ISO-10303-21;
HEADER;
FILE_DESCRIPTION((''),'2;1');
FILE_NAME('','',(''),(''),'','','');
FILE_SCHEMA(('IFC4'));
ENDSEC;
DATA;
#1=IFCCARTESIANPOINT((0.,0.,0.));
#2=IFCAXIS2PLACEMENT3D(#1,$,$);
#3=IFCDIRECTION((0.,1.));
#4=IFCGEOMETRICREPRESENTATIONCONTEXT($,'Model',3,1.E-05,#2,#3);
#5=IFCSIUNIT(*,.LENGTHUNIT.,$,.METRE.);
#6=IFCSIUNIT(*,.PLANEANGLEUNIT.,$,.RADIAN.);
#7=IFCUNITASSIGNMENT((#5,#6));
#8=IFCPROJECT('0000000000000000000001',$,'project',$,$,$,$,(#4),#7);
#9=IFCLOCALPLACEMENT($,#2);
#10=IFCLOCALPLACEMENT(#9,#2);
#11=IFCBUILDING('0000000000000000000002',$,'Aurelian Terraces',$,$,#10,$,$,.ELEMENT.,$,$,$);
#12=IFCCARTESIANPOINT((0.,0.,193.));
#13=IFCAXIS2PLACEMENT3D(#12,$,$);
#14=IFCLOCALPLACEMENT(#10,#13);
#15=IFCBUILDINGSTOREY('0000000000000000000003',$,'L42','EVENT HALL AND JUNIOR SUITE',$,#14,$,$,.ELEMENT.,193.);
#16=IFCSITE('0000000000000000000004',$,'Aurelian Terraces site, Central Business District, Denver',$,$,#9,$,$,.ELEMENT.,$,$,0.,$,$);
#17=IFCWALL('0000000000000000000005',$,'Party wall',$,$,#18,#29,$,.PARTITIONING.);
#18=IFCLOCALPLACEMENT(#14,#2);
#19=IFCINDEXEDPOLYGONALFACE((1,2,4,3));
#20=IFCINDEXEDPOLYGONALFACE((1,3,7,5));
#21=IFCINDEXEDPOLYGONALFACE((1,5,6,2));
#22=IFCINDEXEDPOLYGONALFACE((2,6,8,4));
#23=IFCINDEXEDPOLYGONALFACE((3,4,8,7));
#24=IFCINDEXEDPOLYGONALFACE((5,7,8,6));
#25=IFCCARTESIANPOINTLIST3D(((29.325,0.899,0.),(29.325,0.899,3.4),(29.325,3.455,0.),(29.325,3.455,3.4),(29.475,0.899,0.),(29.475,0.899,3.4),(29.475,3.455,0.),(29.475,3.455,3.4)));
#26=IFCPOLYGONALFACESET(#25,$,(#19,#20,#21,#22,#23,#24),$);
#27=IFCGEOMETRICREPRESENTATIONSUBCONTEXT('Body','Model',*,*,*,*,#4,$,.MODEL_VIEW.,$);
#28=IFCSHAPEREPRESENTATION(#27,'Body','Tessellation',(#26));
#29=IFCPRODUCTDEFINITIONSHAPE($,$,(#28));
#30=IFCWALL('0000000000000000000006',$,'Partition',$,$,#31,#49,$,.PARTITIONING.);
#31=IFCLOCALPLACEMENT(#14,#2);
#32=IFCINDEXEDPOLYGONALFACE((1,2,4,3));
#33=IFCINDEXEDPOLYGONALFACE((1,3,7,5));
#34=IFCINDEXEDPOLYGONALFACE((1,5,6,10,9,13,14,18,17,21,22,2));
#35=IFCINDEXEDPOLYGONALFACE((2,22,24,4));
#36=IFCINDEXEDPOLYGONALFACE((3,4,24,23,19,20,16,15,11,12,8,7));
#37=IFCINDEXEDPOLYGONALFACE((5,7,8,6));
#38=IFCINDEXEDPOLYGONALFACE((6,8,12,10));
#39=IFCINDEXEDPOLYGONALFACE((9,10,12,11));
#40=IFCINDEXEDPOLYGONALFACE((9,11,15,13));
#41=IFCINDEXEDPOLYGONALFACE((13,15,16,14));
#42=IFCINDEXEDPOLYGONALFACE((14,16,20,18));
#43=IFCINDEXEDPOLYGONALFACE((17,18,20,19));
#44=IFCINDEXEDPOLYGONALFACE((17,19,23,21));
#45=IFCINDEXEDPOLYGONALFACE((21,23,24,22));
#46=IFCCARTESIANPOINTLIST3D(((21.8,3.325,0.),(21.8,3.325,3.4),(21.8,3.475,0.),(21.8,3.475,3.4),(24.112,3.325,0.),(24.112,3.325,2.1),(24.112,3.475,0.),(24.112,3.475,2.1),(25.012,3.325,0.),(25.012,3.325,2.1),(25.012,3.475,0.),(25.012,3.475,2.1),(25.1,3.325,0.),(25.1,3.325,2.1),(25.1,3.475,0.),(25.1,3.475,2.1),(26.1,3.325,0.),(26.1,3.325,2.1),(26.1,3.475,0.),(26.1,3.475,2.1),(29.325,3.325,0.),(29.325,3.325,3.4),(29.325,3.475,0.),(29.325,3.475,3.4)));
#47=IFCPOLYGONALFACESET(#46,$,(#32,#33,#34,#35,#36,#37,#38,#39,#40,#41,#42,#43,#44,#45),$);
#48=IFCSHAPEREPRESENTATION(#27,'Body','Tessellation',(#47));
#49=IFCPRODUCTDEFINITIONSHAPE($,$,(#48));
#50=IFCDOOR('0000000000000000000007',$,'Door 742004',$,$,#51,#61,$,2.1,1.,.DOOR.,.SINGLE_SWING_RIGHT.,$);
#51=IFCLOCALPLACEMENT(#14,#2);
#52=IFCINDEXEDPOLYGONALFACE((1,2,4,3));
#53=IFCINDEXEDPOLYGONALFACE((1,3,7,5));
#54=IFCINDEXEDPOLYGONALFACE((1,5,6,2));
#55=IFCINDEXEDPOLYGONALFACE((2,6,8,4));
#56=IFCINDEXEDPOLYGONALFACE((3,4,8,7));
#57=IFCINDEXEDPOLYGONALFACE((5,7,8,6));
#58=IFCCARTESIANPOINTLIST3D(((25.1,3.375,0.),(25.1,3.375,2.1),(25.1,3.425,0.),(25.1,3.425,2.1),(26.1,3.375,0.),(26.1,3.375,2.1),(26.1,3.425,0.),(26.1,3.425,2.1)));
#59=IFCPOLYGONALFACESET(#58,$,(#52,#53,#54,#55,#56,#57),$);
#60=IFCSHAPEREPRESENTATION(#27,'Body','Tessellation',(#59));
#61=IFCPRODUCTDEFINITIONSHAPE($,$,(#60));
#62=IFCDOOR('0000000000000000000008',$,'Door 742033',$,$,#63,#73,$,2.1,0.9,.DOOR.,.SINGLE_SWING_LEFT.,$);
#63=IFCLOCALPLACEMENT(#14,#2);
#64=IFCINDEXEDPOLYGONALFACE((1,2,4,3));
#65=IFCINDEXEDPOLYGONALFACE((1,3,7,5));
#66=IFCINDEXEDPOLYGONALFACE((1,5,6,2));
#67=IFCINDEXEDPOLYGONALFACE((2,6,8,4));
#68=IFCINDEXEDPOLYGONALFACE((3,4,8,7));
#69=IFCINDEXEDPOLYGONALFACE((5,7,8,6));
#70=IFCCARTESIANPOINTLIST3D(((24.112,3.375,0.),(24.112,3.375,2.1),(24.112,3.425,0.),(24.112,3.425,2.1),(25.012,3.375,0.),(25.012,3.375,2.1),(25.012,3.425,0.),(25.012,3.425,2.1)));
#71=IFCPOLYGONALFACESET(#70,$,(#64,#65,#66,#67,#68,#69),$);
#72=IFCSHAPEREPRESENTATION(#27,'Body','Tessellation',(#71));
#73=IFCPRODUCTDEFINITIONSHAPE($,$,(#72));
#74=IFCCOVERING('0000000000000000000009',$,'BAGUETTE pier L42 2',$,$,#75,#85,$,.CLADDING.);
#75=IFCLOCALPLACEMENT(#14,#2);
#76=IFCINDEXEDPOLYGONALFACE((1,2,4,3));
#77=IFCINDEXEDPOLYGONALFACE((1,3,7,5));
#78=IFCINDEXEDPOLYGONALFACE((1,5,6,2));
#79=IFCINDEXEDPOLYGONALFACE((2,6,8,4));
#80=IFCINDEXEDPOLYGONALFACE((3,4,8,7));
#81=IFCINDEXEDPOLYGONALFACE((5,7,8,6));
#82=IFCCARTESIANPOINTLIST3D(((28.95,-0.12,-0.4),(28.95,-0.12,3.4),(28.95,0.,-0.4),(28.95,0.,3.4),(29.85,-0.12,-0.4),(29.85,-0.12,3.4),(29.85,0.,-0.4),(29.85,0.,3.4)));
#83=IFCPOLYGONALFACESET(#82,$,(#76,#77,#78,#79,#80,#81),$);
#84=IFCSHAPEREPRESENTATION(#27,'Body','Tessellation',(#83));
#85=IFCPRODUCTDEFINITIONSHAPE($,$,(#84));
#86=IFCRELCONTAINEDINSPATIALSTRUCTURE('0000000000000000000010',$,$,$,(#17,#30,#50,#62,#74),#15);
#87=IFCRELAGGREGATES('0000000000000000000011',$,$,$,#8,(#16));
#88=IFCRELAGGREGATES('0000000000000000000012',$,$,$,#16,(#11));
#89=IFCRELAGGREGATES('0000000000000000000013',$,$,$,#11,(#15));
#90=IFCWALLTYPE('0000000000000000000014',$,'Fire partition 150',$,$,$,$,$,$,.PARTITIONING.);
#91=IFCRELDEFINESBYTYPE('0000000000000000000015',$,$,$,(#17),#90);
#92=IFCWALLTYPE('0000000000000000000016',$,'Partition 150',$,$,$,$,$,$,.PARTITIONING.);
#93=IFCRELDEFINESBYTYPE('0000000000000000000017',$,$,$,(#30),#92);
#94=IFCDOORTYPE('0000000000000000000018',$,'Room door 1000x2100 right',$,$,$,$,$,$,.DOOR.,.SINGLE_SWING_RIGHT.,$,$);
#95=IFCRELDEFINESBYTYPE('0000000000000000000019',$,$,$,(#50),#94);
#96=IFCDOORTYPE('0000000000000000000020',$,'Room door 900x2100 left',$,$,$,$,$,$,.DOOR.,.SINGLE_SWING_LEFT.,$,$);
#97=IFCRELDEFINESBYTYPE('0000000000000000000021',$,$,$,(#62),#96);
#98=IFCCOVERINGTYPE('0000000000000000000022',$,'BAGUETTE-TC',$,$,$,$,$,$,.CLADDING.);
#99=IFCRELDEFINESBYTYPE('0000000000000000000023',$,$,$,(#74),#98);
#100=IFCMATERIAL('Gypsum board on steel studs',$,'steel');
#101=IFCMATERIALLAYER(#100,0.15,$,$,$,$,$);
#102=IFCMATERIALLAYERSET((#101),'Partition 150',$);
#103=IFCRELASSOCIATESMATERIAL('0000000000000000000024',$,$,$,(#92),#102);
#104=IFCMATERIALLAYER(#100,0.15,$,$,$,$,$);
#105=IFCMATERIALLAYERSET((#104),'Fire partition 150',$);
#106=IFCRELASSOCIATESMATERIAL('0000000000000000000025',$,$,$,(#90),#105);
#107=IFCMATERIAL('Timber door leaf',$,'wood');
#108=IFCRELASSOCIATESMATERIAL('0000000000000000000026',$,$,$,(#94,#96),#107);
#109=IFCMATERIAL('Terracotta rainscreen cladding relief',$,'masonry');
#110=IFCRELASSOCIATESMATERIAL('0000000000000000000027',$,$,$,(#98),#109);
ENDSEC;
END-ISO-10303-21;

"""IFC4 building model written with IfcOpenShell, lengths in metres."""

from ifc_helpers import new_model, si_unit, direction, frame, frame_2d, origin, origin_2d, place, context, subcontext, project, spatial, rectangle, extrude, source, transform, mapped, material, layer, layer_set, type_object, element, fill, save


model = new_model("IFC4")

# Units and contexts
model_context = context("Model", 3, precision=1e-05, world=origin(), true_north=direction((0.0, 1.0)))
body_context = subcontext(model_context, "Body", "Model", "MODEL_VIEW")
ifc_project = project(units=[si_unit("LENGTHUNIT", "METRE"), si_unit("PLANEANGLEUNIT", "RADIAN")], contexts=[model_context])

# Site, building, storey
site_placement = place(None, origin())
site = spatial("IfcSite", under=ifc_project, at=site_placement, Name="Aurelian Terraces site, Central Business District, Denver", CompositionType="ELEMENT", RefElevation=0.0)
building_placement = place(site_placement, origin())
building = spatial("IfcBuilding", under=site, at=building_placement, Name="Aurelian Terraces", CompositionType="ELEMENT")
storey_placement = place(building_placement, frame((0.0, 0.0, 193.0)))
storey = spatial("IfcBuildingStorey", under=building, at=storey_placement, Name="L42", Description="EVENT HALL AND JUNIOR SUITE", CompositionType="ELEMENT", Elevation=193.0)

# Shared definitions
ifc_material_1 = material(Name="Gypsum board on steel studs", Category="steel")

# Shared definitions
ifc_material_2 = material(Name="Timber door leaf", Category="wood")
shared_shape_1 = source(origin(), body_context, "Body", "SweptSolid", [
    extrude(rectangle(XDim=1.0, YDim=2.1, at=frame_2d((0.5, 1.05))), frame((0.0, 0.025, 0.0), z_axis=(0.0, -1.0, 0.0), x_axis=(1.0, 0.0, 0.0)), (0.0, 0.0, 1.0), 0.05),
])

# Wall
ifc_layer_1 = layer(ifc_material_1, 0.15)
ifc_layer_set_1 = layer_set([ifc_layer_1], Name="Partition 150")
wall_type_1 = type_object("IfcWallType", Name="Partition 150", PredefinedType="PARTITIONING", material=ifc_layer_set_1)
ifc_layer_2 = layer(ifc_material_1, 0.15)
ifc_layer_set_2 = layer_set([ifc_layer_2], Name="Fire partition 150")
wall_type_2 = type_object("IfcWallType", Name="Fire partition 150", PredefinedType="PARTITIONING", material=ifc_layer_set_2)
shared_shape_2 = source(origin(), body_context, "Body", "SweptSolid", [
    extrude(rectangle(XDim=2.556, YDim=0.15, at=frame_2d((1.278, 0.0))), origin(), (0.0, 0.0, 1.0), 3.4),
])
wall_1_placement = place(storey_placement, frame((29.4, 0.899, 0.0), z_axis=(0.0, 0.0, 1.0), x_axis=(0.0, 1.0, 0.0)))
element("IfcWall", 1, at=wall_1_placement, inside=storey, type_object=wall_type_2, Name="Party wall", PredefinedType="PARTITIONING", context=body_context, shape_type="MappedRepresentation", body=[
    mapped(shared_shape_2, transform((0.0, 0.0, 0.0), scale=1.0)),
])

# Wall, openings, doors
shared_shape_3 = source(origin(), body_context, "Body", "SweptSolid", [
    extrude(rectangle(XDim=7.525, YDim=0.15, at=frame_2d((3.7625, 0.0))), origin(), (0.0, 0.0, 1.0), 3.4),
])
wall_2_placement = place(storey_placement, frame((21.8, 3.4, 0.0), z_axis=(0.0, 0.0, 1.0), x_axis=(1.0, 0.0, 0.0)))
wall_2 = element("IfcWall", 2, at=wall_2_placement, inside=storey, type_object=wall_type_1, Name="Partition", PredefinedType="PARTITIONING", context=body_context, shape_type="MappedRepresentation", body=[
    mapped(shared_shape_3, transform((0.0, 0.0, 0.0), scale=1.0)),
])
shared_shape_4 = source(origin(), body_context, "Body", "SweptSolid", [
    extrude(rectangle(XDim=1.0, YDim=2.1, at=frame_2d((0.5, 1.05))), frame((0.0, 0.085, 0.0), z_axis=(0.0, -1.0, 0.0), x_axis=(1.0, 0.0, 0.0)), (0.0, 0.0, 1.0), 0.17),
])
opening_1_placement = place(wall_2_placement, frame((3.3, 0.0, 0.0)))
opening_1 = element("IfcOpeningElement", 3, at=opening_1_placement, cuts=wall_2, PredefinedType="OPENING", context=body_context, shape_type="MappedRepresentation", body=[
    mapped(shared_shape_4, transform((0.0, 0.0, 0.0), scale=1.0)),
])
shared_shape_5 = source(origin(), body_context, "Body", "SweptSolid", [
    extrude(rectangle(XDim=0.9, YDim=2.1, at=frame_2d((0.45, 1.05))), frame((0.0, 0.085, 0.0), z_axis=(0.0, -1.0, 0.0), x_axis=(1.0, 0.0, 0.0)), (0.0, 0.0, 1.0), 0.17),
])
opening_2_placement = place(wall_2_placement, frame((2.312, 0.0, 0.0)))
opening_2 = element("IfcOpeningElement", 4, at=opening_2_placement, cuts=wall_2, PredefinedType="OPENING", context=body_context, shape_type="MappedRepresentation", body=[
    mapped(shared_shape_5, transform((0.0, 0.0, 0.0), scale=1.0)),
])
door_type_1 = type_object("IfcDoorType", Name="Room door 1000x2100 right", OperationType="SINGLE_SWING_RIGHT", PredefinedType="DOOR", material=ifc_material_2)
door_1_placement = place(opening_1_placement, origin())
door_1 = element("IfcDoor", 5, at=door_1_placement, inside=storey, type_object=door_type_1, Name="Door 742004", OperationType="SINGLE_SWING_RIGHT", OverallHeight=2.1, OverallWidth=1.0, PredefinedType="DOOR", context=body_context, shape_type="MappedRepresentation", body=[
    mapped(shared_shape_1, transform((0.0, 0.0, 0.0), scale=1.0)),
])
fill(opening_1, door_1)
door_type_2 = type_object("IfcDoorType", Name="Room door 900x2100 left", OperationType="SINGLE_SWING_LEFT", PredefinedType="DOOR", material=ifc_material_2)
shared_shape_6 = source(origin(), body_context, "Body", "SweptSolid", [
    extrude(rectangle(XDim=0.9, YDim=2.1, at=frame_2d((0.45, 1.05))), frame((0.0, 0.025, 0.0), z_axis=(0.0, -1.0, 0.0), x_axis=(1.0, 0.0, 0.0)), (0.0, 0.0, 1.0), 0.05),
])
door_2_placement = place(opening_2_placement, origin())
door_2 = element("IfcDoor", 6, at=door_2_placement, inside=storey, type_object=door_type_2, Name="Door 742033", OperationType="SINGLE_SWING_LEFT", OverallHeight=2.1, OverallWidth=0.9, PredefinedType="DOOR", context=body_context, shape_type="MappedRepresentation", body=[
    mapped(shared_shape_6, transform((0.0, 0.0, 0.0), scale=1.0)),
])
fill(opening_2, door_2)

# Covering
ifc_material_3 = material(Name="Terracotta rainscreen cladding relief", Category="masonry")
covering_type = type_object("IfcCoveringType", Name="BAGUETTE-TC", PredefinedType="CLADDING", material=ifc_material_3)
shared_shape_7 = source(origin(), body_context, "Body", "SweptSolid", [
    extrude(rectangle(XDim=0.9, YDim=0.12, at=origin_2d()), origin(), (0.0, 0.0, 1.0), 3.8),
])
covering_placement = place(storey_placement, frame((29.4, -0.06, -0.4), z_axis=(0.0, 0.0, 1.0), x_axis=(1.0, 0.0, 0.0)))
element("IfcCovering", 7, at=covering_placement, inside=storey, type_object=covering_type, Name="BAGUETTE pier L42 2", PredefinedType="CLADDING", context=body_context, shape_type="MappedRepresentation", body=[
    mapped(shared_shape_7, transform((0.0, 0.0, 0.0), scale=1.0)),
])

save(model, "model.ifc")
